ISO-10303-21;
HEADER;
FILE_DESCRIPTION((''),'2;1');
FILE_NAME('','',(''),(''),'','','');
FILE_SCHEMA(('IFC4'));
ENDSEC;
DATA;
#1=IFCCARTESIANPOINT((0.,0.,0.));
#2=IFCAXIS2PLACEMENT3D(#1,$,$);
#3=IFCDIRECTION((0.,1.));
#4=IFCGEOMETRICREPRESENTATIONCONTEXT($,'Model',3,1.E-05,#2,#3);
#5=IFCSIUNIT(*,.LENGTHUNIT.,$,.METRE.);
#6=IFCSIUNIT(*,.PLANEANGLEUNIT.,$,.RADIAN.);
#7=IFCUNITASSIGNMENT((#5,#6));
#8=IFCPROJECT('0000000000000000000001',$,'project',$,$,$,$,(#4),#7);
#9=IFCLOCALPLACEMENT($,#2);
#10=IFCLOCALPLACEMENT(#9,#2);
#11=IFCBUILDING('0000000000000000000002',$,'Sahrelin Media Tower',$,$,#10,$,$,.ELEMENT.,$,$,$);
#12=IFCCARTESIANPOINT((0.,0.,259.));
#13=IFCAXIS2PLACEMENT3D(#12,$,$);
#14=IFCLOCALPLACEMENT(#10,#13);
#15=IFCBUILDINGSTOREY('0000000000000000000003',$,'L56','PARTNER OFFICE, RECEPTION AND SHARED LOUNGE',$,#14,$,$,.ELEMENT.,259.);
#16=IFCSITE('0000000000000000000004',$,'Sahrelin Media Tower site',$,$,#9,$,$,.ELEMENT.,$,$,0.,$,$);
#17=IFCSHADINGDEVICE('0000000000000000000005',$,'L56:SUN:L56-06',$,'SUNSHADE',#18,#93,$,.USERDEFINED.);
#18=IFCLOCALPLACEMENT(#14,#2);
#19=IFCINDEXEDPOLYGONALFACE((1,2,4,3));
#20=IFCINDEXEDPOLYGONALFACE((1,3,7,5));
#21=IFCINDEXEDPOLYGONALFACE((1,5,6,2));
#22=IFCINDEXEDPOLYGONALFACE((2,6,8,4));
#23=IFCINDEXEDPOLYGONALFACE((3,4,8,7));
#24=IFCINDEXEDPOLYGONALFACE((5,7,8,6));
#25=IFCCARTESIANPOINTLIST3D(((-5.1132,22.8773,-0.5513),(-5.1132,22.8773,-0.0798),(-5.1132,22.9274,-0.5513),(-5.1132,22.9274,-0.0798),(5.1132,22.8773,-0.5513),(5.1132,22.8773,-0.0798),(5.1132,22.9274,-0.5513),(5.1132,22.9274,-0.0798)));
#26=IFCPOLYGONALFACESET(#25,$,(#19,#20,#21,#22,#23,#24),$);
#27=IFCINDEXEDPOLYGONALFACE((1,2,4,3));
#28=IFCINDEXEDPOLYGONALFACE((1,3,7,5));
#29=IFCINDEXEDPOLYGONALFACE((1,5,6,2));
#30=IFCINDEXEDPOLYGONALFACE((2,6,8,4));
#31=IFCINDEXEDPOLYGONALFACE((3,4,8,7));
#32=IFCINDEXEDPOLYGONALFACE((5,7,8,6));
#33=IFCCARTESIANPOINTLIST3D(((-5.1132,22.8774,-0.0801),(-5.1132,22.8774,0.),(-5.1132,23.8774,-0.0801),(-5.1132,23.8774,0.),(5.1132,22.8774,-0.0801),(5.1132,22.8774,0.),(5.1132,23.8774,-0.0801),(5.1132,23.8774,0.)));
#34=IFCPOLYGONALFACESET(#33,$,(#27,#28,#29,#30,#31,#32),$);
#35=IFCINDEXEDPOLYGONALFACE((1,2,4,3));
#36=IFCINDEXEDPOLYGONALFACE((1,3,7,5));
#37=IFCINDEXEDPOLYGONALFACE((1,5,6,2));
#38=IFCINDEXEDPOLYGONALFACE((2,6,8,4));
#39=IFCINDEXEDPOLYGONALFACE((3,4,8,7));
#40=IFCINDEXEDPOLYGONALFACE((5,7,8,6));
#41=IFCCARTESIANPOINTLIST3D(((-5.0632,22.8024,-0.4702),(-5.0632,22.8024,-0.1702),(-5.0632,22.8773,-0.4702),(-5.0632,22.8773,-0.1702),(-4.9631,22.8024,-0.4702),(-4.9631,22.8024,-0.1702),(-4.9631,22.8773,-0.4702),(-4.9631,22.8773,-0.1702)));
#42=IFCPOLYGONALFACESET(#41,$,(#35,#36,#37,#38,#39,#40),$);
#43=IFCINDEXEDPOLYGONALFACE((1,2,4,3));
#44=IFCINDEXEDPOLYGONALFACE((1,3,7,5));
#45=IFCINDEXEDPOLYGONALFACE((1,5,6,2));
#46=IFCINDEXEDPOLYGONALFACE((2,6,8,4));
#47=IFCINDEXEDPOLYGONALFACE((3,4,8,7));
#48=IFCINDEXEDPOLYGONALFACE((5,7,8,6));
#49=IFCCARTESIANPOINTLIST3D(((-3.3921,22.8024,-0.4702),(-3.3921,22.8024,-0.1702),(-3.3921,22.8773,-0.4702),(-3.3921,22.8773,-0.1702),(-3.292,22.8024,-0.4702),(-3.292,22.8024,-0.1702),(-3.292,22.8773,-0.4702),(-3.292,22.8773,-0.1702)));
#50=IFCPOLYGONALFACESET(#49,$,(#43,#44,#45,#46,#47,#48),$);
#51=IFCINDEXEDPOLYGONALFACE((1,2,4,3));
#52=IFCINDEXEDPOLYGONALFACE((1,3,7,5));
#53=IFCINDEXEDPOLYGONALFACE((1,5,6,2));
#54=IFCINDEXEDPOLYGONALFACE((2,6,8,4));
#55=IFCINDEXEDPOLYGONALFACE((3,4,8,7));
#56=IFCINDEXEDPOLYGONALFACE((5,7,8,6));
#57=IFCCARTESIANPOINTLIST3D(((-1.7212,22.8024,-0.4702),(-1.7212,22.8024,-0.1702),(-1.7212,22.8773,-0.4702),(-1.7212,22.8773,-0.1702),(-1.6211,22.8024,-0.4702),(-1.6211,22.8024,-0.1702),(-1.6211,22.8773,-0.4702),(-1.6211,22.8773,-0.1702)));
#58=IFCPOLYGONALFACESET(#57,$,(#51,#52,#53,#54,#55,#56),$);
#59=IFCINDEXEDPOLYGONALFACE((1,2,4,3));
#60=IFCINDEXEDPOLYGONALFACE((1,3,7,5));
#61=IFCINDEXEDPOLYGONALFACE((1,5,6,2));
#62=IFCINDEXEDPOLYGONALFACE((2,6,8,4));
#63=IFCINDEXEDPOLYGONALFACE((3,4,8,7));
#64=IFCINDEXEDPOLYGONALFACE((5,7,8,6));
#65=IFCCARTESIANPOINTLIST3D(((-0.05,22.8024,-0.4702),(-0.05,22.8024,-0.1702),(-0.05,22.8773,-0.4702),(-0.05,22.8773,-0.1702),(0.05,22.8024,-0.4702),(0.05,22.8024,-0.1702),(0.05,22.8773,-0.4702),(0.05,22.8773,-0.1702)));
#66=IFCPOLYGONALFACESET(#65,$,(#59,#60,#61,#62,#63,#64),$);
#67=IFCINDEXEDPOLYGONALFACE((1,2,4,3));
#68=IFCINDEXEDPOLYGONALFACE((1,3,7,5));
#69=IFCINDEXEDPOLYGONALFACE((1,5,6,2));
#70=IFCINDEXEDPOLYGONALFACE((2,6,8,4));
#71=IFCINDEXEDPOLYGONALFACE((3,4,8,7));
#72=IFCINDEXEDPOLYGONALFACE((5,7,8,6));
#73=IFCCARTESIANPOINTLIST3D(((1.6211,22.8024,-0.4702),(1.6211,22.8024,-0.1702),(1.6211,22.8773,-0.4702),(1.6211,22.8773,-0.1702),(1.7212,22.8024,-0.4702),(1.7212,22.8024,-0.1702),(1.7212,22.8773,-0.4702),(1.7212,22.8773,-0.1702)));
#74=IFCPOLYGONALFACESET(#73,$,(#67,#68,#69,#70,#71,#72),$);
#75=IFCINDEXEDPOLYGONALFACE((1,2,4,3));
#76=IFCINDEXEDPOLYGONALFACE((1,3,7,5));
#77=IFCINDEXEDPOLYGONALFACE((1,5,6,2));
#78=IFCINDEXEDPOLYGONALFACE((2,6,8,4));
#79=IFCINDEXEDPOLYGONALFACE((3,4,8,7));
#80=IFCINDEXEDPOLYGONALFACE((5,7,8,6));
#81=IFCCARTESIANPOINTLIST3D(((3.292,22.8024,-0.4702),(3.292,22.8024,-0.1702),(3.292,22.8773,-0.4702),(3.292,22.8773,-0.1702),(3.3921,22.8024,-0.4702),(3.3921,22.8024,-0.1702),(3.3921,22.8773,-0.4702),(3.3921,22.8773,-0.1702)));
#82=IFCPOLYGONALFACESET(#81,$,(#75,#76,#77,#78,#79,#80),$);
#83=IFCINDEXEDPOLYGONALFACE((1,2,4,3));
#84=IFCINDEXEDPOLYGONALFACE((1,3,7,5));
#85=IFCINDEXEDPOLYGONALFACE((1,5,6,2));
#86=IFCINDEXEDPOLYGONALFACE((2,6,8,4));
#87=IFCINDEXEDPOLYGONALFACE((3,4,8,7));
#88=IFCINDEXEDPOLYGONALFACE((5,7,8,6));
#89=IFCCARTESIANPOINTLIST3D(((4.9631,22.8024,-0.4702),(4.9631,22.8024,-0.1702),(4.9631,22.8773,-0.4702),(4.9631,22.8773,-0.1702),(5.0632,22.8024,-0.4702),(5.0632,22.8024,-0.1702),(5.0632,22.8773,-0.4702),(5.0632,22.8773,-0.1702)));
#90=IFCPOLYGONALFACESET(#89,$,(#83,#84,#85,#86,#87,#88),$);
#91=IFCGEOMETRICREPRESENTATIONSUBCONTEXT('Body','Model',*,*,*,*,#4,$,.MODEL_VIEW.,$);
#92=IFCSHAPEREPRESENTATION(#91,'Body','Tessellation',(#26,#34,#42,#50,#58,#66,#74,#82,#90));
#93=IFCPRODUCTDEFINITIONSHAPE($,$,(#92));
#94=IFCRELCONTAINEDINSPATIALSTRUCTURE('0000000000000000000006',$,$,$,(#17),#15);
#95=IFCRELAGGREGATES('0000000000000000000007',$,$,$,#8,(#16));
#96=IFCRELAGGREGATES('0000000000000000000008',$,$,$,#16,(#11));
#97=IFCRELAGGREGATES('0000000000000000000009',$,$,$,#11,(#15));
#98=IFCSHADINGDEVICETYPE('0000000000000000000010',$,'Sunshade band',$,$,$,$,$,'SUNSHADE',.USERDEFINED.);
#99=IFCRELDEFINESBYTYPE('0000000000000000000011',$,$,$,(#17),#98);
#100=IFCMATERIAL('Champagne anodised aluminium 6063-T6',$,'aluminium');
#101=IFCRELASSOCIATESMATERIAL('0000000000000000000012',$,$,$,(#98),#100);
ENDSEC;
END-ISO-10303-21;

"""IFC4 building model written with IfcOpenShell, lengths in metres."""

from ifc_helpers import new_model, si_unit, direction, frame, origin, origin_2d, place, context, subcontext, project, spatial, rectangle, extrude, material, type_object, element, save


model = new_model("IFC4")

# Units and contexts
model_context = context("Model", 3, precision=1e-05, world=origin(), true_north=direction((0.0, 1.0)))
body_context = subcontext(model_context, "Body", "Model", "MODEL_VIEW")
ifc_project = project(units=[si_unit("LENGTHUNIT", "METRE"), si_unit("PLANEANGLEUNIT", "RADIAN")], contexts=[model_context])

# Site, building, storey
site_placement = place(None, origin())
site = spatial("IfcSite", under=ifc_project, at=site_placement, Name="Sahrelin Media Tower site", CompositionType="ELEMENT", RefElevation=0.0)
building_placement = place(site_placement, origin())
building = spatial("IfcBuilding", under=site, at=building_placement, Name="Sahrelin Media Tower", CompositionType="ELEMENT")
storey_placement = place(building_placement, frame((0.0, 0.0, 259.0)))
storey = spatial("IfcBuildingStorey", under=building, at=storey_placement, Name="L56", Description="PARTNER OFFICE, RECEPTION AND SHARED LOUNGE", CompositionType="ELEMENT", Elevation=259.0)

# Shared definitions
ifc_material_1 = material(Name="Champagne anodised aluminium 6063-T6", Category="aluminium")
placement_1 = place(storey_placement, frame((0.0, 22.8574, 0.0), z_axis=(0.0, 0.0, 1.0), x_axis=(1.0, 0.0, 0.0)))

# Shading device
shading_device_type_1 = type_object("IfcShadingDeviceType", Name="Sunshade band", ElementType="SUNSHADE", PredefinedType="USERDEFINED", material=ifc_material_1)
element("IfcShadingDevice", 1, at=placement_1, inside=storey, type_object=shading_device_type_1, Name="L56:SUN:L56-06", ObjectType="SUNSHADE", PredefinedType="USERDEFINED", context=body_context, shape_type="SweptSolid", body=[
    extrude(rectangle(XDim=10.2263, YDim=0.05, at=origin_2d()), frame((0.0, 0.0449, -0.5513)), (0.0, 0.0, 1.0), 0.4714),
    extrude(rectangle(XDim=10.2263, YDim=1.0, at=origin_2d()), frame((0.0, 0.52, -0.0801)), (0.0, 0.0, 1.0), 0.0801),
    extrude(rectangle(XDim=0.1001, YDim=0.075, at=origin_2d()), frame((-5.0132, -0.0176, -0.4702)), (0.0, 0.0, 1.0), 0.3),
    extrude(rectangle(XDim=0.1001, YDim=0.075, at=origin_2d()), frame((-3.342, -0.0176, -0.4702)), (0.0, 0.0, 1.0), 0.3),
    extrude(rectangle(XDim=0.1001, YDim=0.075, at=origin_2d()), frame((-1.6711, -0.0176, -0.4702)), (0.0, 0.0, 1.0), 0.3),
    extrude(rectangle(XDim=0.1001, YDim=0.075, at=origin_2d()), frame((0.0, -0.0176, -0.4702)), (0.0, 0.0, 1.0), 0.3),
    extrude(rectangle(XDim=0.1001, YDim=0.075, at=origin_2d()), frame((1.6711, -0.0176, -0.4702)), (0.0, 0.0, 1.0), 0.3),
    extrude(rectangle(XDim=0.1001, YDim=0.075, at=origin_2d()), frame((3.342, -0.0176, -0.4702)), (0.0, 0.0, 1.0), 0.3),
    extrude(rectangle(XDim=0.1001, YDim=0.075, at=origin_2d()), frame((5.0132, -0.0176, -0.4702)), (0.0, 0.0, 1.0), 0.3),
])

save(model, "model.ifc")
